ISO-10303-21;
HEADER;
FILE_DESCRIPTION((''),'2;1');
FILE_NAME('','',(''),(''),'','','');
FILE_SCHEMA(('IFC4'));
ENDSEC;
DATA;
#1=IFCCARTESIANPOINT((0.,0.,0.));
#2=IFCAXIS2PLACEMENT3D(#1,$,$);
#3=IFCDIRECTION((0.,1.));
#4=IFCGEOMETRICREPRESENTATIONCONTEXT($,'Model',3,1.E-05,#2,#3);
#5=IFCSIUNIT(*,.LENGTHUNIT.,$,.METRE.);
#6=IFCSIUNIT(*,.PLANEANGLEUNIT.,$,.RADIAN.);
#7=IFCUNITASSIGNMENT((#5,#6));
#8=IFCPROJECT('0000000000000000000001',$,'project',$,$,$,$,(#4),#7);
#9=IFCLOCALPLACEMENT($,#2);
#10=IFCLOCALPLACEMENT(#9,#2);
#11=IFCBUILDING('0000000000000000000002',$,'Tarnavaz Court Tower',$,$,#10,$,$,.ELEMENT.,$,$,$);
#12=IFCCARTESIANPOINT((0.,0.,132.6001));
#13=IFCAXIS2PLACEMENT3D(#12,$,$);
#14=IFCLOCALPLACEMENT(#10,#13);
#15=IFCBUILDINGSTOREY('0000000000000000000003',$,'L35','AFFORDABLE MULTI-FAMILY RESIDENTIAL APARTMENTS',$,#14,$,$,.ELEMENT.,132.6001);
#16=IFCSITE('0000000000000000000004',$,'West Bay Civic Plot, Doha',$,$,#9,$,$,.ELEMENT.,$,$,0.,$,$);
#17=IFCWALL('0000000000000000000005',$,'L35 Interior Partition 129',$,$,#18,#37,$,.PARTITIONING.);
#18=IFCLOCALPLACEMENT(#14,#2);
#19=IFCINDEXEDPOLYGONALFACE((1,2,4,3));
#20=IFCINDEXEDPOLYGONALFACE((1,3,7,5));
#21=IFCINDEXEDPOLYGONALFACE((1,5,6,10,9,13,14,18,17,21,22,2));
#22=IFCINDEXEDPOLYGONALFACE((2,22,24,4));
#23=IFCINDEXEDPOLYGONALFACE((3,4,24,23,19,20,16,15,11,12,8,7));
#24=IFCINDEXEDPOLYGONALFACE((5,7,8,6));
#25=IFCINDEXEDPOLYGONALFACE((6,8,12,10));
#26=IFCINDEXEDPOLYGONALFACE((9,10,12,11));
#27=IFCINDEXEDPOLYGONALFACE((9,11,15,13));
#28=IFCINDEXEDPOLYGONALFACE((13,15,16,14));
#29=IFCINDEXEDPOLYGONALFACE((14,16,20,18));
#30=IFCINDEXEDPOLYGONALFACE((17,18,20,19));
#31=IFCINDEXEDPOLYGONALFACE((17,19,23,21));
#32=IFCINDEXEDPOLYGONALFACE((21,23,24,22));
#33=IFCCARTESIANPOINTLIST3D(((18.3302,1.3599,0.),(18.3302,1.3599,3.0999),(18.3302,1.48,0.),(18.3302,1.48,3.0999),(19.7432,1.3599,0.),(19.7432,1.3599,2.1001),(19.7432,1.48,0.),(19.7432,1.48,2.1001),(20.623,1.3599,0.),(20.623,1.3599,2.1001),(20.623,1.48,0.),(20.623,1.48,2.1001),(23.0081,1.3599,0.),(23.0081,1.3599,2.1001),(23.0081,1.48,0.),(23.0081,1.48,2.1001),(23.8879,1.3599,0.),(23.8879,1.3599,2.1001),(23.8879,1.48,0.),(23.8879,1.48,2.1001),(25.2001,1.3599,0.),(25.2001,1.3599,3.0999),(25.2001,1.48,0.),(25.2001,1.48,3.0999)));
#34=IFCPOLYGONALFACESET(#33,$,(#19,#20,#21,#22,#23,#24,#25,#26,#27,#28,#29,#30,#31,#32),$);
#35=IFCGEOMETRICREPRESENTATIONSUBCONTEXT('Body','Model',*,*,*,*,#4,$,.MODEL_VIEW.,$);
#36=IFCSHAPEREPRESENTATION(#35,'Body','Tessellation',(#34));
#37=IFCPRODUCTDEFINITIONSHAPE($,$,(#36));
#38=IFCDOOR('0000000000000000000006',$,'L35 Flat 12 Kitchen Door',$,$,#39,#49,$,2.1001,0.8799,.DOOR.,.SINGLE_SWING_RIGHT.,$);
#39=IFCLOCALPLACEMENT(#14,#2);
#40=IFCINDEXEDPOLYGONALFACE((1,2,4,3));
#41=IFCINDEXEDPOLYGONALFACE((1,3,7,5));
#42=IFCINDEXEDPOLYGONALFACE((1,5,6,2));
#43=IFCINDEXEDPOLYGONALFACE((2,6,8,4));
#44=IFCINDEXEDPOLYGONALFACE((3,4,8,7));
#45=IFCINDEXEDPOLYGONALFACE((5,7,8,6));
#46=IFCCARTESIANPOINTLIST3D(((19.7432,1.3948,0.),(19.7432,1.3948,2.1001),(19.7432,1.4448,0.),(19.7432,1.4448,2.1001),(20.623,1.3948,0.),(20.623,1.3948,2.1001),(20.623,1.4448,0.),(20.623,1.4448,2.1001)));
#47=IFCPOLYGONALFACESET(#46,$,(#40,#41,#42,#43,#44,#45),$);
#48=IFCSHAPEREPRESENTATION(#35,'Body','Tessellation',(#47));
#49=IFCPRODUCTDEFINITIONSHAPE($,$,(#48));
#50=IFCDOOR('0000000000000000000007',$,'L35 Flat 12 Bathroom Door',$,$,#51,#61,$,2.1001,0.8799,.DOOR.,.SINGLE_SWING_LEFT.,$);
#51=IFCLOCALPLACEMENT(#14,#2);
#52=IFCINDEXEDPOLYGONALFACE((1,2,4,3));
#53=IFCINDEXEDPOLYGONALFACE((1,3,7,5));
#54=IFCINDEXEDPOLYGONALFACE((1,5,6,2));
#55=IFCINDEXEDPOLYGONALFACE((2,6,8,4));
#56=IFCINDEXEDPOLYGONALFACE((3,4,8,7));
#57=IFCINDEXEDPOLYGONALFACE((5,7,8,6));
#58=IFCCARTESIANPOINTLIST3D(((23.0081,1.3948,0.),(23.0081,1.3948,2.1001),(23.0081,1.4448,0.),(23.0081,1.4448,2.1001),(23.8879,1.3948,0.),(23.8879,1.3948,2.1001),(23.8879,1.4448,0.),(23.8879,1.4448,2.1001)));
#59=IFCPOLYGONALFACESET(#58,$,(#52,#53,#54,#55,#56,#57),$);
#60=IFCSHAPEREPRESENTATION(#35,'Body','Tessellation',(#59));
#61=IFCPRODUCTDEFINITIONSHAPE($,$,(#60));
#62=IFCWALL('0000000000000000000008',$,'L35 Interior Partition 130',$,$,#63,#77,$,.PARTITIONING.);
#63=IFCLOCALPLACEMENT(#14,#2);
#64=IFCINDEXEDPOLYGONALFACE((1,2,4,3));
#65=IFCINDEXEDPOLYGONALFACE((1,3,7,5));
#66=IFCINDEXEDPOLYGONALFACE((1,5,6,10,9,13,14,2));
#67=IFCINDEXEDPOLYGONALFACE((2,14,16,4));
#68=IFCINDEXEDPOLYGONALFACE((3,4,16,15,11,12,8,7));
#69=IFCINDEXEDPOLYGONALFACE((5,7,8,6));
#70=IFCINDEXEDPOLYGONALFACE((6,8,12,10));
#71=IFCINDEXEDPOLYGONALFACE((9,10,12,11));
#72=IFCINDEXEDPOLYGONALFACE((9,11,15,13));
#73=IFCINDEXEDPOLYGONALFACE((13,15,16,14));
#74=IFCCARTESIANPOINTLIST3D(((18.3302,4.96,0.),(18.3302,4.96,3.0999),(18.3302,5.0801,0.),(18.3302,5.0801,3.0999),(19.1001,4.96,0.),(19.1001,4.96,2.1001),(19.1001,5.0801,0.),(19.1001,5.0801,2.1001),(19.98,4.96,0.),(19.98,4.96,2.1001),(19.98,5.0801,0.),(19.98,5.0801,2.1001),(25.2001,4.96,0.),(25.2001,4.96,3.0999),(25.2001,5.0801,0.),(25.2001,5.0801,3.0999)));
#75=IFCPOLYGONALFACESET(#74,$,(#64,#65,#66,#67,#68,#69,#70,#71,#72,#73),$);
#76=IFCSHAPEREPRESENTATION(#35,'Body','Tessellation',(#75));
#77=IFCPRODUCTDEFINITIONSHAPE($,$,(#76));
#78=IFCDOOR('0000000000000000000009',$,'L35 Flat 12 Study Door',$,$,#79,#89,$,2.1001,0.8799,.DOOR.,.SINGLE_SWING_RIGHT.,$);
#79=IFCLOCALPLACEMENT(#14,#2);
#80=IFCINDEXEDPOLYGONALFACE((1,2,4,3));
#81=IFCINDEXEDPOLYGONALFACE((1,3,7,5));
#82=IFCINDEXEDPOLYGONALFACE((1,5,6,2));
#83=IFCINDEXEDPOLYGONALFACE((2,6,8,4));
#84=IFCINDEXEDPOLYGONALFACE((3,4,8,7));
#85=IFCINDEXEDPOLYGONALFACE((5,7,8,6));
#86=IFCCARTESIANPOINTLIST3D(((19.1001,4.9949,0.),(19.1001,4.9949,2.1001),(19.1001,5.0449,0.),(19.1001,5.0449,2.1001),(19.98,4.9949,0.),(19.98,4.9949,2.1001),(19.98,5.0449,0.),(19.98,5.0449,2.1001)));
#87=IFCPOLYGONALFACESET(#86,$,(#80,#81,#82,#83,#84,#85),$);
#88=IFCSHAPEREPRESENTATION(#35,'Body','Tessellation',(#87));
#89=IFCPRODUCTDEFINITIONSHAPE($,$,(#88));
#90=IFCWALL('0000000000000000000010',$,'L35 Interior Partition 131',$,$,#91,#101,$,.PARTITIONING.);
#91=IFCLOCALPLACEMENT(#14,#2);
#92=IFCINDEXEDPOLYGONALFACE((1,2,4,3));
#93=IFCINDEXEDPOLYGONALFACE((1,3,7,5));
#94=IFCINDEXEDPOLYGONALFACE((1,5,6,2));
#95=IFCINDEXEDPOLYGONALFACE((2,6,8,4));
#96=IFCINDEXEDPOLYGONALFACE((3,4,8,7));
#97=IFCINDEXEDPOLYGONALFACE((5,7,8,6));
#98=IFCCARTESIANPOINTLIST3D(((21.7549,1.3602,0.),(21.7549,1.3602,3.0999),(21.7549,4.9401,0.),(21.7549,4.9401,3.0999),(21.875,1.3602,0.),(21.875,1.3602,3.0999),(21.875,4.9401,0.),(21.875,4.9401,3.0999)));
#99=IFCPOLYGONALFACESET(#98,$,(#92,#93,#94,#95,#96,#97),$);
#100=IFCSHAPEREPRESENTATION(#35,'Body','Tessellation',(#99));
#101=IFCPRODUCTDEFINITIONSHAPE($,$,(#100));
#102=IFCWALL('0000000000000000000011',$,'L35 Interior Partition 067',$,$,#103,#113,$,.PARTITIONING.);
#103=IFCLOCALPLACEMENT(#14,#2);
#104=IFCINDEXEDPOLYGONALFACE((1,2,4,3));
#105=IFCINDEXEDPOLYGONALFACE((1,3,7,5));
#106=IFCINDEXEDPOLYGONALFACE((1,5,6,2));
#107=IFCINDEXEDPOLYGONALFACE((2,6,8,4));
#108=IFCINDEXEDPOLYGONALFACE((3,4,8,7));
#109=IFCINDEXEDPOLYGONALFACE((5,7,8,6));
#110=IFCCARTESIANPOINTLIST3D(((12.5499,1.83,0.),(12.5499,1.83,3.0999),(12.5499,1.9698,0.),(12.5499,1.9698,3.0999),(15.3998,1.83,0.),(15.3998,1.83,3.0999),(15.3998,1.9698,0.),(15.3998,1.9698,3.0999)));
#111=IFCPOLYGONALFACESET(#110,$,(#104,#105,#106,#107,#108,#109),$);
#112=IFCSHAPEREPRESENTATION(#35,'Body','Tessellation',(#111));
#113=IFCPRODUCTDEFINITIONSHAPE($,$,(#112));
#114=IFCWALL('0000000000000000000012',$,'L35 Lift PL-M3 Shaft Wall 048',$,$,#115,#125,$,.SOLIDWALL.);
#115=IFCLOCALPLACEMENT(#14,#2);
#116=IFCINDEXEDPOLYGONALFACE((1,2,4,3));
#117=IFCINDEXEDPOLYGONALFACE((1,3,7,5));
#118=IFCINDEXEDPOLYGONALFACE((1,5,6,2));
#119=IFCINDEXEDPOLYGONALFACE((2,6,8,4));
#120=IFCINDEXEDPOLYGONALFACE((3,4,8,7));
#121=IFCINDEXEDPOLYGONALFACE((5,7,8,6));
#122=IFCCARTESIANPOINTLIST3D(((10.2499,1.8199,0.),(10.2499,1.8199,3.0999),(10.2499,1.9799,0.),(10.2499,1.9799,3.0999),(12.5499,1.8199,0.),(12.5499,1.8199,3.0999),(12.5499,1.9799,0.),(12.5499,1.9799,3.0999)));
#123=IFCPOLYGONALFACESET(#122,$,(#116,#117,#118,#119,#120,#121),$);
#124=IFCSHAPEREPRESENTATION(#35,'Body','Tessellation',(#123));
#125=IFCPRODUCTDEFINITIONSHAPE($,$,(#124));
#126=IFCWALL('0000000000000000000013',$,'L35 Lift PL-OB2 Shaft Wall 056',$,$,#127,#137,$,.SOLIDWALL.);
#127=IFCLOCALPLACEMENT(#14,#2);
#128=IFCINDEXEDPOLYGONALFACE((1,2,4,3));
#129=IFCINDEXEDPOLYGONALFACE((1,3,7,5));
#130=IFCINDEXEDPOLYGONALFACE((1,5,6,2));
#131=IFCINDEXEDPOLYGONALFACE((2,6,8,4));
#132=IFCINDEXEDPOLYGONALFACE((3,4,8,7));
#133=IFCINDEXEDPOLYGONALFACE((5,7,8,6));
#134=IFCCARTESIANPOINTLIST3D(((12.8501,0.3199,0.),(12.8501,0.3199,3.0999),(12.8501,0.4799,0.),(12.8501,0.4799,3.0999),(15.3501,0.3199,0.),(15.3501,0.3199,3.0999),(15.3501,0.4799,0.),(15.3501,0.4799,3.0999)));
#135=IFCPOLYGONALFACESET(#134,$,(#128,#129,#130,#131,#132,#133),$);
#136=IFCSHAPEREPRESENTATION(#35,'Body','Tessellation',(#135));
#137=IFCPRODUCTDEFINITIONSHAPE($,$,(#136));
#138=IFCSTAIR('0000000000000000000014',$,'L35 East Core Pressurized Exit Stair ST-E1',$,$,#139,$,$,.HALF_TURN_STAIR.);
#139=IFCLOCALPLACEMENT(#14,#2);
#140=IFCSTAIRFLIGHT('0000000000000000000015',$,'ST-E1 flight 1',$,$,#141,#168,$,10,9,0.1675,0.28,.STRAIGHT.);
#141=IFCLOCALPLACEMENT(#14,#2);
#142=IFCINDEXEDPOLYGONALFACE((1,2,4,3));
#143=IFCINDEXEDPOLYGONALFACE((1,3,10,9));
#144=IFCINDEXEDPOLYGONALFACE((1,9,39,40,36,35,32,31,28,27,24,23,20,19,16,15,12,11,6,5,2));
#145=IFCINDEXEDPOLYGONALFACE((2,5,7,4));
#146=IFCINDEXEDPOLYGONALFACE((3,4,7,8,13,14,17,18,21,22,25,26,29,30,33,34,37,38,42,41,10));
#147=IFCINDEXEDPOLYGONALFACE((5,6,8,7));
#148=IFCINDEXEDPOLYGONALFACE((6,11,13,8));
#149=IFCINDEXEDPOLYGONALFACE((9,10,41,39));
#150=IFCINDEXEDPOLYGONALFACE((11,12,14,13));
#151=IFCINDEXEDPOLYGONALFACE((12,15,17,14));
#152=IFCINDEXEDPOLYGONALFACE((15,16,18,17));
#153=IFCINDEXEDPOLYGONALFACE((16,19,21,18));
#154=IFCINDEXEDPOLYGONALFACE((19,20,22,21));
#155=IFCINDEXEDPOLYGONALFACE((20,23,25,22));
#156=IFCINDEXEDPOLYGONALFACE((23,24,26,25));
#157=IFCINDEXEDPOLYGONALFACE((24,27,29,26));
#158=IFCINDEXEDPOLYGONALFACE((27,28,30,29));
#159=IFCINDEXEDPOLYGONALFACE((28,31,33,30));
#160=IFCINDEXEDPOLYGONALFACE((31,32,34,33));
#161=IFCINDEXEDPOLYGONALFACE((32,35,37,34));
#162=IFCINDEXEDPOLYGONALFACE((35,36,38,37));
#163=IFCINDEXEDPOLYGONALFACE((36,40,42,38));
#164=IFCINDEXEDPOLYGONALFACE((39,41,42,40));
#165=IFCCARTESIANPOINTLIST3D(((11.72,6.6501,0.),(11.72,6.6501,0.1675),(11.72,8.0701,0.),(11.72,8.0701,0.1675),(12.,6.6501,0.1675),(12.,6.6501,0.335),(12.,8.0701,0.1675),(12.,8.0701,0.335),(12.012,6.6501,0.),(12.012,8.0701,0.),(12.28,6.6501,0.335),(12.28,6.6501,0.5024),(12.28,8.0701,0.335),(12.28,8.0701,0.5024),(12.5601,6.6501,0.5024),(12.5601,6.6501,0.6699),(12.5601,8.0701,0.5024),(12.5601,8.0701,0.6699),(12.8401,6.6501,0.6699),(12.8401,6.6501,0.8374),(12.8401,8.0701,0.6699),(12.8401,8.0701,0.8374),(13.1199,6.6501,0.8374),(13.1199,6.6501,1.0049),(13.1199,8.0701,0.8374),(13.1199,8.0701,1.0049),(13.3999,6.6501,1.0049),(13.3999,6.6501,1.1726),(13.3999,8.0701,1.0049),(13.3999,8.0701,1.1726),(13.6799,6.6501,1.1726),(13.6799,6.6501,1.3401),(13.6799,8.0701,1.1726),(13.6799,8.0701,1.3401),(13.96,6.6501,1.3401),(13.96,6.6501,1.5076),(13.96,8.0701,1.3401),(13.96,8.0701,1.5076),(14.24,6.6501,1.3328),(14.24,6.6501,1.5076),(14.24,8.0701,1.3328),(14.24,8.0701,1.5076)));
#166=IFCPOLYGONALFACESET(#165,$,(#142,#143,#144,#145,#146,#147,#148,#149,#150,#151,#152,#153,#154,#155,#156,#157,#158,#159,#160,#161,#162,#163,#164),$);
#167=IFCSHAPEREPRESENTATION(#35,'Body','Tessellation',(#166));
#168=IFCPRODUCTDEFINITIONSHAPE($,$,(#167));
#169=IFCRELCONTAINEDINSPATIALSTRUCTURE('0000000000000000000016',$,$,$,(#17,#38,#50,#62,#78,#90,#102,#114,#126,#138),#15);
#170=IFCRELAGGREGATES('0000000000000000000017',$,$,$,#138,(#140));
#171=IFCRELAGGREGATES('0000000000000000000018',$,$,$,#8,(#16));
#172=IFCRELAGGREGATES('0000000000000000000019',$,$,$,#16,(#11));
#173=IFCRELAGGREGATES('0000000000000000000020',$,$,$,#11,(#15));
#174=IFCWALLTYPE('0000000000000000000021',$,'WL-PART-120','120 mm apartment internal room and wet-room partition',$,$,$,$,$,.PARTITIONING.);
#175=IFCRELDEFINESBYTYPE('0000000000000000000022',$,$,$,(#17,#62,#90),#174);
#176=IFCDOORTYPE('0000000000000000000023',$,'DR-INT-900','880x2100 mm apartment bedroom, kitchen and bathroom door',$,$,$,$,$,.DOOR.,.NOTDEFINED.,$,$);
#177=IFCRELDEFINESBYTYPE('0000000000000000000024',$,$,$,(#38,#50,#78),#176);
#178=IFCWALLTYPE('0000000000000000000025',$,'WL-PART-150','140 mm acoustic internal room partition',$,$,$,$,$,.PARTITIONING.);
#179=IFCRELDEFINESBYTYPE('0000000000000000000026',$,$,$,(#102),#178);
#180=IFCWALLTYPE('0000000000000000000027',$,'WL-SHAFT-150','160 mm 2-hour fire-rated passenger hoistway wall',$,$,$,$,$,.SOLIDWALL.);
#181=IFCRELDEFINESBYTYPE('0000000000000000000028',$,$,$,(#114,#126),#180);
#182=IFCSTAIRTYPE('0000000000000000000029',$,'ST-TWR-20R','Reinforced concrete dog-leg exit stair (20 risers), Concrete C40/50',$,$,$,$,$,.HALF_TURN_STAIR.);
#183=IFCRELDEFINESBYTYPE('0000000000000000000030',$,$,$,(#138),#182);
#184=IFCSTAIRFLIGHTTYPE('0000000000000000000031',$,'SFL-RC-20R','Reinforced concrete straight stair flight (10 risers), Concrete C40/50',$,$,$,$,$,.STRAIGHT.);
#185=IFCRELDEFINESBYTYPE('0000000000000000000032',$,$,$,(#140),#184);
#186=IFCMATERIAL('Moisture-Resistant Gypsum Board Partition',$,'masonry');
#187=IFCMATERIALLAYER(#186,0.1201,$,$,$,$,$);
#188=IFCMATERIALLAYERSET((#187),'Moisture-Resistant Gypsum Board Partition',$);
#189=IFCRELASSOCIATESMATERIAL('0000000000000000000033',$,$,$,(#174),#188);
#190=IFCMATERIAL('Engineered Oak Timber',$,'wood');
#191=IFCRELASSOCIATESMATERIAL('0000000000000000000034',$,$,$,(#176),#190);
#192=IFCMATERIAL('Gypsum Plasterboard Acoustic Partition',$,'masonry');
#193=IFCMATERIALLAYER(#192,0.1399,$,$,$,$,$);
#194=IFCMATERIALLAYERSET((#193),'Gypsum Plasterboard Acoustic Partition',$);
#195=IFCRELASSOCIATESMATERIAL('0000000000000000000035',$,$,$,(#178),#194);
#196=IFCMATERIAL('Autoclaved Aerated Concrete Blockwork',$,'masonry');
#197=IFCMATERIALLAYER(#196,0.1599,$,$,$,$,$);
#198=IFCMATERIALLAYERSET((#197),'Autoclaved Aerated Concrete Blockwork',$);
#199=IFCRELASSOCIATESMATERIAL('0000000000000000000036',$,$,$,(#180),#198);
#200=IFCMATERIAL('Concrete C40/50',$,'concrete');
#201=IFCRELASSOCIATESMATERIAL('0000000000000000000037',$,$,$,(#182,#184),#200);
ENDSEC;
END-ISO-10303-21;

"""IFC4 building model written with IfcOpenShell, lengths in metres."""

from ifc_helpers import new_model, si_unit, direction, frame, frame_2d, origin, place, context, subcontext, project, spatial, polyline, rectangle, outline, extrude, material, layer, layer_set, type_object, element, fill, aggregate, save


model = new_model("IFC4")

# Units and contexts
model_context = context("Model", 3, precision=1e-05, world=origin(), true_north=direction((0.0, 1.0)))
body_context = subcontext(model_context, "Body", "Model", "MODEL_VIEW")
ifc_project = project(units=[si_unit("LENGTHUNIT", "METRE"), si_unit("PLANEANGLEUNIT", "RADIAN")], contexts=[model_context])

# Site, building, storey
site_placement = place(None, origin())
site = spatial("IfcSite", under=ifc_project, at=site_placement, Name="West Bay Civic Plot, Doha", CompositionType="ELEMENT", RefElevation=0.0)
building_placement = place(site_placement, origin())
building = spatial("IfcBuilding", under=site, at=building_placement, Name="Tarnavaz Court Tower", CompositionType="ELEMENT")
storey_placement = place(building_placement, frame((0.0, 0.0, 132.6001)))
storey = spatial("IfcBuildingStorey", under=building, at=storey_placement, Name="L35", Description="AFFORDABLE MULTI-FAMILY RESIDENTIAL APARTMENTS", CompositionType="ELEMENT", Elevation=132.6001)

# Wall, openings, doors
ifc_material_1 = material(Name="Moisture-Resistant Gypsum Board Partition", Category="masonry")
ifc_layer_1 = layer(ifc_material_1, 0.1201)
ifc_layer_set_1 = layer_set([ifc_layer_1], Name="Moisture-Resistant Gypsum Board Partition")
wall_type_1 = type_object("IfcWallType", Name="WL-PART-120", Description="120 mm apartment internal room and wet-room partition", PredefinedType="PARTITIONING", material=ifc_layer_set_1)
wall_1_placement = place(storey_placement, frame((18.3301, 1.4199, 0.0), z_axis=(0.0, 0.0, 1.0), x_axis=(1.0, 0.0, 0.0)))
wall_1 = element("IfcWall", 1, at=wall_1_placement, inside=storey, type_object=wall_type_1, Name="L35 Interior Partition 129", PredefinedType="PARTITIONING", context=body_context, shape_type="SweptSolid", body=[
    extrude(rectangle(XDim=6.8699, YDim=0.1201, at=frame_2d((3.4351, 0.0))), origin(), (0.0, 0.0, 1.0), 3.0999),
])
opening_1_placement = place(wall_1_placement, frame((1.4131, 0.0, 0.0)))
opening_1 = element("IfcOpeningElement", 2, at=opening_1_placement, cuts=wall_1, PredefinedType="OPENING", context=body_context, shape_type="SweptSolid", body=[
    extrude(rectangle(XDim=0.8799, YDim=2.1001, at=frame_2d((0.4399, 1.05))), frame((0.0, 0.0701, 0.0), z_axis=(0.0, -1.0, 0.0), x_axis=(1.0, 0.0, 0.0)), (0.0, 0.0, 1.0), 0.1401),
])
opening_2_placement = place(wall_1_placement, frame((4.678, 0.0, 0.0)))
opening_2 = element("IfcOpeningElement", 3, at=opening_2_placement, cuts=wall_1, PredefinedType="OPENING", context=body_context, shape_type="SweptSolid", body=[
    extrude(rectangle(XDim=0.8799, YDim=2.1001, at=frame_2d((0.4399, 1.05))), frame((0.0, 0.0701, 0.0), z_axis=(0.0, -1.0, 0.0), x_axis=(1.0, 0.0, 0.0)), (0.0, 0.0, 1.0), 0.1401),
])
ifc_material_2 = material(Name="Engineered Oak Timber", Category="wood")
door_type_1 = type_object("IfcDoorType", Name="DR-INT-900", Description="880x2100 mm apartment bedroom, kitchen and bathroom door", OperationType="NOTDEFINED", PredefinedType="DOOR", material=ifc_material_2)
door_1_placement = place(opening_1_placement, origin())
door_1 = element("IfcDoor", 4, at=door_1_placement, inside=storey, type_object=door_type_1, Name="L35 Flat 12 Kitchen Door", OperationType="SINGLE_SWING_RIGHT", OverallHeight=2.1001, OverallWidth=0.8799, PredefinedType="DOOR", context=body_context, shape_type="SweptSolid", body=[
    extrude(rectangle(XDim=0.8799, YDim=2.1001, at=frame_2d((0.4399, 1.05))), frame((0.0, 0.0249, 0.0), z_axis=(0.0, -1.0, 0.0), x_axis=(1.0, 0.0, 0.0)), (0.0, 0.0, 1.0), 0.05),
])
fill(opening_1, door_1)
door_2_placement = place(opening_2_placement, origin())
door_2 = element("IfcDoor", 5, at=door_2_placement, inside=storey, type_object=door_type_1, Name="L35 Flat 12 Bathroom Door", OperationType="SINGLE_SWING_LEFT", OverallHeight=2.1001, OverallWidth=0.8799, PredefinedType="DOOR", context=body_context, shape_type="SweptSolid", body=[
    extrude(rectangle(XDim=0.8799, YDim=2.1001, at=frame_2d((0.4399, 1.05))), frame((0.0, 0.0249, 0.0), z_axis=(0.0, -1.0, 0.0), x_axis=(1.0, 0.0, 0.0)), (0.0, 0.0, 1.0), 0.05),
])
fill(opening_2, door_2)

# Wall, opening, door
wall_2_placement = place(storey_placement, frame((18.3301, 5.02, 0.0), z_axis=(0.0, 0.0, 1.0), x_axis=(1.0, 0.0, 0.0)))
wall_2 = element("IfcWall", 6, at=wall_2_placement, inside=storey, type_object=wall_type_1, Name="L35 Interior Partition 130", PredefinedType="PARTITIONING", context=body_context, shape_type="SweptSolid", body=[
    extrude(rectangle(XDim=6.8699, YDim=0.1201, at=frame_2d((3.4351, 0.0))), origin(), (0.0, 0.0, 1.0), 3.0999),
])
opening_3_placement = place(wall_2_placement, frame((0.77, 0.0, 0.0)))
opening_3 = element("IfcOpeningElement", 7, at=opening_3_placement, cuts=wall_2, PredefinedType="OPENING", context=body_context, shape_type="SweptSolid", body=[
    extrude(rectangle(XDim=0.8799, YDim=2.1001, at=frame_2d((0.4399, 1.05))), frame((0.0, 0.0701, 0.0), z_axis=(0.0, -1.0, 0.0), x_axis=(1.0, 0.0, 0.0)), (0.0, 0.0, 1.0), 0.1401),
])
door_3_placement = place(opening_3_placement, origin())
door_3 = element("IfcDoor", 8, at=door_3_placement, inside=storey, type_object=door_type_1, Name="L35 Flat 12 Study Door", OperationType="SINGLE_SWING_RIGHT", OverallHeight=2.1001, OverallWidth=0.8799, PredefinedType="DOOR", context=body_context, shape_type="SweptSolid", body=[
    extrude(rectangle(XDim=0.8799, YDim=2.1001, at=frame_2d((0.4399, 1.05))), frame((0.0, 0.0249, 0.0), z_axis=(0.0, -1.0, 0.0), x_axis=(1.0, 0.0, 0.0)), (0.0, 0.0, 1.0), 0.05),
])
fill(opening_3, door_3)

# Walls
wall_3_placement = place(storey_placement, frame((21.8149, 1.3601, 0.0), z_axis=(0.0, 0.0, 1.0), x_axis=(0.0, 1.0, 0.0)))
element("IfcWall", 9, at=wall_3_placement, inside=storey, type_object=wall_type_1, Name="L35 Interior Partition 131", PredefinedType="PARTITIONING", context=body_context, shape_type="SweptSolid", body=[
    extrude(rectangle(XDim=3.5798, YDim=0.1201, at=frame_2d((1.79, 0.0))), origin(), (0.0, 0.0, 1.0), 3.0999),
])
ifc_material_3 = material(Name="Gypsum Plasterboard Acoustic Partition", Category="masonry")
ifc_layer_2 = layer(ifc_material_3, 0.1399)
ifc_layer_set_2 = layer_set([ifc_layer_2], Name="Gypsum Plasterboard Acoustic Partition")
wall_type_2 = type_object("IfcWallType", Name="WL-PART-150", Description="140 mm acoustic internal room partition", PredefinedType="PARTITIONING", material=ifc_layer_set_2)
wall_4_placement = place(storey_placement, frame((12.55, 1.8999, 0.0), z_axis=(0.0, 0.0, 1.0), x_axis=(1.0, 0.0, 0.0)))
element("IfcWall", 10, at=wall_4_placement, inside=storey, type_object=wall_type_2, Name="L35 Interior Partition 067", PredefinedType="PARTITIONING", context=body_context, shape_type="SweptSolid", body=[
    extrude(rectangle(XDim=2.8499, YDim=0.1399, at=frame_2d((1.4248, 0.0))), origin(), (0.0, 0.0, 1.0), 3.0999),
])
ifc_material_4 = material(Name="Autoclaved Aerated Concrete Blockwork", Category="masonry")
ifc_layer_3 = layer(ifc_material_4, 0.1599)
ifc_layer_set_3 = layer_set([ifc_layer_3], Name="Autoclaved Aerated Concrete Blockwork")
wall_type_3 = type_object("IfcWallType", Name="WL-SHAFT-150", Description="160 mm 2-hour fire-rated passenger hoistway wall", PredefinedType="SOLIDWALL", material=ifc_layer_set_3)
wall_5_placement = place(storey_placement, frame((10.25, 1.8999, 0.0), z_axis=(0.0, 0.0, 1.0), x_axis=(1.0, 0.0, 0.0)))
element("IfcWall", 11, at=wall_5_placement, inside=storey, type_object=wall_type_3, Name="L35 Lift PL-M3 Shaft Wall 048", PredefinedType="SOLIDWALL", context=body_context, shape_type="SweptSolid", body=[
    extrude(rectangle(XDim=2.3, YDim=0.1599, at=frame_2d((1.1499, 0.0))), origin(), (0.0, 0.0, 1.0), 3.0999),
])
wall_6_placement = place(storey_placement, frame((12.8501, 0.3999, 0.0), z_axis=(0.0, 0.0, 1.0), x_axis=(1.0, 0.0, 0.0)))
element("IfcWall", 12, at=wall_6_placement, inside=storey, type_object=wall_type_3, Name="L35 Lift PL-OB2 Shaft Wall 056", PredefinedType="SOLIDWALL", context=body_context, shape_type="SweptSolid", body=[
    extrude(rectangle(XDim=2.5, YDim=0.1599, at=frame_2d((1.25, 0.0))), origin(), (0.0, 0.0, 1.0), 3.0999),
])

# Stair, stair flight
ifc_material_5 = material(Name="Concrete C40/50", Category="concrete")
stair_type = type_object("IfcStairType", Name="ST-TWR-20R", Description="Reinforced concrete dog-leg exit stair (20 risers), Concrete C40/50", PredefinedType="HALF_TURN_STAIR", material=ifc_material_5)
stair_placement = place(storey_placement, origin())
stair = element("IfcStair", 13, at=stair_placement, inside=storey, type_object=stair_type, Name="L35 East Core Pressurized Exit Stair ST-E1", PredefinedType="HALF_TURN_STAIR")
stair_flight_type = type_object("IfcStairFlightType", Name="SFL-RC-20R", Description="Reinforced concrete straight stair flight (10 risers), Concrete C40/50", PredefinedType="STRAIGHT", material=ifc_material_5)
stair_flight_1_placement = place(storey_placement, frame((11.72, 7.3601, 0.0), z_axis=(0.0, 0.0, 1.0), x_axis=(1.0, 0.0, 0.0)))
stair_flight_1 = element("IfcStairFlight", 14, at=stair_flight_1_placement, type_object=stair_flight_type, Name="ST-E1 flight 1", NumberOfRisers=10, NumberOfTreads=9, PredefinedType="STRAIGHT", RiserHeight=0.1675, TreadLength=0.28, context=body_context, shape_type="SweptSolid", body=[
    extrude(outline(polyline([(0.0, 0.0), (0.0, 0.1675), (0.28, 0.1675), (0.28, 0.335), (0.5601, 0.335), (0.5601, 0.5024), (0.8401, 0.5024), (0.8401, 0.6699), (1.1201, 0.6699), (1.1201, 0.8374), (1.3999, 0.8374), (1.3999, 1.0049), (1.6799, 1.0049), (1.6799, 1.1726), (1.96, 1.1726), (1.96, 1.3401), (2.24, 1.3401), (2.24, 1.5076), (2.52, 1.5076), (2.52, 1.675), (2.52, 1.3328), (0.292, 0.0), (0.0, 0.0)])), frame((0.0, 0.71, 0.0), z_axis=(0.0, -1.0, 0.0), x_axis=(1.0, 0.0, 0.0)), (0.0, 0.0, 1.0), 1.4199),
])
aggregate(stair, [stair_flight_1])

save(model, "model.ifc")
